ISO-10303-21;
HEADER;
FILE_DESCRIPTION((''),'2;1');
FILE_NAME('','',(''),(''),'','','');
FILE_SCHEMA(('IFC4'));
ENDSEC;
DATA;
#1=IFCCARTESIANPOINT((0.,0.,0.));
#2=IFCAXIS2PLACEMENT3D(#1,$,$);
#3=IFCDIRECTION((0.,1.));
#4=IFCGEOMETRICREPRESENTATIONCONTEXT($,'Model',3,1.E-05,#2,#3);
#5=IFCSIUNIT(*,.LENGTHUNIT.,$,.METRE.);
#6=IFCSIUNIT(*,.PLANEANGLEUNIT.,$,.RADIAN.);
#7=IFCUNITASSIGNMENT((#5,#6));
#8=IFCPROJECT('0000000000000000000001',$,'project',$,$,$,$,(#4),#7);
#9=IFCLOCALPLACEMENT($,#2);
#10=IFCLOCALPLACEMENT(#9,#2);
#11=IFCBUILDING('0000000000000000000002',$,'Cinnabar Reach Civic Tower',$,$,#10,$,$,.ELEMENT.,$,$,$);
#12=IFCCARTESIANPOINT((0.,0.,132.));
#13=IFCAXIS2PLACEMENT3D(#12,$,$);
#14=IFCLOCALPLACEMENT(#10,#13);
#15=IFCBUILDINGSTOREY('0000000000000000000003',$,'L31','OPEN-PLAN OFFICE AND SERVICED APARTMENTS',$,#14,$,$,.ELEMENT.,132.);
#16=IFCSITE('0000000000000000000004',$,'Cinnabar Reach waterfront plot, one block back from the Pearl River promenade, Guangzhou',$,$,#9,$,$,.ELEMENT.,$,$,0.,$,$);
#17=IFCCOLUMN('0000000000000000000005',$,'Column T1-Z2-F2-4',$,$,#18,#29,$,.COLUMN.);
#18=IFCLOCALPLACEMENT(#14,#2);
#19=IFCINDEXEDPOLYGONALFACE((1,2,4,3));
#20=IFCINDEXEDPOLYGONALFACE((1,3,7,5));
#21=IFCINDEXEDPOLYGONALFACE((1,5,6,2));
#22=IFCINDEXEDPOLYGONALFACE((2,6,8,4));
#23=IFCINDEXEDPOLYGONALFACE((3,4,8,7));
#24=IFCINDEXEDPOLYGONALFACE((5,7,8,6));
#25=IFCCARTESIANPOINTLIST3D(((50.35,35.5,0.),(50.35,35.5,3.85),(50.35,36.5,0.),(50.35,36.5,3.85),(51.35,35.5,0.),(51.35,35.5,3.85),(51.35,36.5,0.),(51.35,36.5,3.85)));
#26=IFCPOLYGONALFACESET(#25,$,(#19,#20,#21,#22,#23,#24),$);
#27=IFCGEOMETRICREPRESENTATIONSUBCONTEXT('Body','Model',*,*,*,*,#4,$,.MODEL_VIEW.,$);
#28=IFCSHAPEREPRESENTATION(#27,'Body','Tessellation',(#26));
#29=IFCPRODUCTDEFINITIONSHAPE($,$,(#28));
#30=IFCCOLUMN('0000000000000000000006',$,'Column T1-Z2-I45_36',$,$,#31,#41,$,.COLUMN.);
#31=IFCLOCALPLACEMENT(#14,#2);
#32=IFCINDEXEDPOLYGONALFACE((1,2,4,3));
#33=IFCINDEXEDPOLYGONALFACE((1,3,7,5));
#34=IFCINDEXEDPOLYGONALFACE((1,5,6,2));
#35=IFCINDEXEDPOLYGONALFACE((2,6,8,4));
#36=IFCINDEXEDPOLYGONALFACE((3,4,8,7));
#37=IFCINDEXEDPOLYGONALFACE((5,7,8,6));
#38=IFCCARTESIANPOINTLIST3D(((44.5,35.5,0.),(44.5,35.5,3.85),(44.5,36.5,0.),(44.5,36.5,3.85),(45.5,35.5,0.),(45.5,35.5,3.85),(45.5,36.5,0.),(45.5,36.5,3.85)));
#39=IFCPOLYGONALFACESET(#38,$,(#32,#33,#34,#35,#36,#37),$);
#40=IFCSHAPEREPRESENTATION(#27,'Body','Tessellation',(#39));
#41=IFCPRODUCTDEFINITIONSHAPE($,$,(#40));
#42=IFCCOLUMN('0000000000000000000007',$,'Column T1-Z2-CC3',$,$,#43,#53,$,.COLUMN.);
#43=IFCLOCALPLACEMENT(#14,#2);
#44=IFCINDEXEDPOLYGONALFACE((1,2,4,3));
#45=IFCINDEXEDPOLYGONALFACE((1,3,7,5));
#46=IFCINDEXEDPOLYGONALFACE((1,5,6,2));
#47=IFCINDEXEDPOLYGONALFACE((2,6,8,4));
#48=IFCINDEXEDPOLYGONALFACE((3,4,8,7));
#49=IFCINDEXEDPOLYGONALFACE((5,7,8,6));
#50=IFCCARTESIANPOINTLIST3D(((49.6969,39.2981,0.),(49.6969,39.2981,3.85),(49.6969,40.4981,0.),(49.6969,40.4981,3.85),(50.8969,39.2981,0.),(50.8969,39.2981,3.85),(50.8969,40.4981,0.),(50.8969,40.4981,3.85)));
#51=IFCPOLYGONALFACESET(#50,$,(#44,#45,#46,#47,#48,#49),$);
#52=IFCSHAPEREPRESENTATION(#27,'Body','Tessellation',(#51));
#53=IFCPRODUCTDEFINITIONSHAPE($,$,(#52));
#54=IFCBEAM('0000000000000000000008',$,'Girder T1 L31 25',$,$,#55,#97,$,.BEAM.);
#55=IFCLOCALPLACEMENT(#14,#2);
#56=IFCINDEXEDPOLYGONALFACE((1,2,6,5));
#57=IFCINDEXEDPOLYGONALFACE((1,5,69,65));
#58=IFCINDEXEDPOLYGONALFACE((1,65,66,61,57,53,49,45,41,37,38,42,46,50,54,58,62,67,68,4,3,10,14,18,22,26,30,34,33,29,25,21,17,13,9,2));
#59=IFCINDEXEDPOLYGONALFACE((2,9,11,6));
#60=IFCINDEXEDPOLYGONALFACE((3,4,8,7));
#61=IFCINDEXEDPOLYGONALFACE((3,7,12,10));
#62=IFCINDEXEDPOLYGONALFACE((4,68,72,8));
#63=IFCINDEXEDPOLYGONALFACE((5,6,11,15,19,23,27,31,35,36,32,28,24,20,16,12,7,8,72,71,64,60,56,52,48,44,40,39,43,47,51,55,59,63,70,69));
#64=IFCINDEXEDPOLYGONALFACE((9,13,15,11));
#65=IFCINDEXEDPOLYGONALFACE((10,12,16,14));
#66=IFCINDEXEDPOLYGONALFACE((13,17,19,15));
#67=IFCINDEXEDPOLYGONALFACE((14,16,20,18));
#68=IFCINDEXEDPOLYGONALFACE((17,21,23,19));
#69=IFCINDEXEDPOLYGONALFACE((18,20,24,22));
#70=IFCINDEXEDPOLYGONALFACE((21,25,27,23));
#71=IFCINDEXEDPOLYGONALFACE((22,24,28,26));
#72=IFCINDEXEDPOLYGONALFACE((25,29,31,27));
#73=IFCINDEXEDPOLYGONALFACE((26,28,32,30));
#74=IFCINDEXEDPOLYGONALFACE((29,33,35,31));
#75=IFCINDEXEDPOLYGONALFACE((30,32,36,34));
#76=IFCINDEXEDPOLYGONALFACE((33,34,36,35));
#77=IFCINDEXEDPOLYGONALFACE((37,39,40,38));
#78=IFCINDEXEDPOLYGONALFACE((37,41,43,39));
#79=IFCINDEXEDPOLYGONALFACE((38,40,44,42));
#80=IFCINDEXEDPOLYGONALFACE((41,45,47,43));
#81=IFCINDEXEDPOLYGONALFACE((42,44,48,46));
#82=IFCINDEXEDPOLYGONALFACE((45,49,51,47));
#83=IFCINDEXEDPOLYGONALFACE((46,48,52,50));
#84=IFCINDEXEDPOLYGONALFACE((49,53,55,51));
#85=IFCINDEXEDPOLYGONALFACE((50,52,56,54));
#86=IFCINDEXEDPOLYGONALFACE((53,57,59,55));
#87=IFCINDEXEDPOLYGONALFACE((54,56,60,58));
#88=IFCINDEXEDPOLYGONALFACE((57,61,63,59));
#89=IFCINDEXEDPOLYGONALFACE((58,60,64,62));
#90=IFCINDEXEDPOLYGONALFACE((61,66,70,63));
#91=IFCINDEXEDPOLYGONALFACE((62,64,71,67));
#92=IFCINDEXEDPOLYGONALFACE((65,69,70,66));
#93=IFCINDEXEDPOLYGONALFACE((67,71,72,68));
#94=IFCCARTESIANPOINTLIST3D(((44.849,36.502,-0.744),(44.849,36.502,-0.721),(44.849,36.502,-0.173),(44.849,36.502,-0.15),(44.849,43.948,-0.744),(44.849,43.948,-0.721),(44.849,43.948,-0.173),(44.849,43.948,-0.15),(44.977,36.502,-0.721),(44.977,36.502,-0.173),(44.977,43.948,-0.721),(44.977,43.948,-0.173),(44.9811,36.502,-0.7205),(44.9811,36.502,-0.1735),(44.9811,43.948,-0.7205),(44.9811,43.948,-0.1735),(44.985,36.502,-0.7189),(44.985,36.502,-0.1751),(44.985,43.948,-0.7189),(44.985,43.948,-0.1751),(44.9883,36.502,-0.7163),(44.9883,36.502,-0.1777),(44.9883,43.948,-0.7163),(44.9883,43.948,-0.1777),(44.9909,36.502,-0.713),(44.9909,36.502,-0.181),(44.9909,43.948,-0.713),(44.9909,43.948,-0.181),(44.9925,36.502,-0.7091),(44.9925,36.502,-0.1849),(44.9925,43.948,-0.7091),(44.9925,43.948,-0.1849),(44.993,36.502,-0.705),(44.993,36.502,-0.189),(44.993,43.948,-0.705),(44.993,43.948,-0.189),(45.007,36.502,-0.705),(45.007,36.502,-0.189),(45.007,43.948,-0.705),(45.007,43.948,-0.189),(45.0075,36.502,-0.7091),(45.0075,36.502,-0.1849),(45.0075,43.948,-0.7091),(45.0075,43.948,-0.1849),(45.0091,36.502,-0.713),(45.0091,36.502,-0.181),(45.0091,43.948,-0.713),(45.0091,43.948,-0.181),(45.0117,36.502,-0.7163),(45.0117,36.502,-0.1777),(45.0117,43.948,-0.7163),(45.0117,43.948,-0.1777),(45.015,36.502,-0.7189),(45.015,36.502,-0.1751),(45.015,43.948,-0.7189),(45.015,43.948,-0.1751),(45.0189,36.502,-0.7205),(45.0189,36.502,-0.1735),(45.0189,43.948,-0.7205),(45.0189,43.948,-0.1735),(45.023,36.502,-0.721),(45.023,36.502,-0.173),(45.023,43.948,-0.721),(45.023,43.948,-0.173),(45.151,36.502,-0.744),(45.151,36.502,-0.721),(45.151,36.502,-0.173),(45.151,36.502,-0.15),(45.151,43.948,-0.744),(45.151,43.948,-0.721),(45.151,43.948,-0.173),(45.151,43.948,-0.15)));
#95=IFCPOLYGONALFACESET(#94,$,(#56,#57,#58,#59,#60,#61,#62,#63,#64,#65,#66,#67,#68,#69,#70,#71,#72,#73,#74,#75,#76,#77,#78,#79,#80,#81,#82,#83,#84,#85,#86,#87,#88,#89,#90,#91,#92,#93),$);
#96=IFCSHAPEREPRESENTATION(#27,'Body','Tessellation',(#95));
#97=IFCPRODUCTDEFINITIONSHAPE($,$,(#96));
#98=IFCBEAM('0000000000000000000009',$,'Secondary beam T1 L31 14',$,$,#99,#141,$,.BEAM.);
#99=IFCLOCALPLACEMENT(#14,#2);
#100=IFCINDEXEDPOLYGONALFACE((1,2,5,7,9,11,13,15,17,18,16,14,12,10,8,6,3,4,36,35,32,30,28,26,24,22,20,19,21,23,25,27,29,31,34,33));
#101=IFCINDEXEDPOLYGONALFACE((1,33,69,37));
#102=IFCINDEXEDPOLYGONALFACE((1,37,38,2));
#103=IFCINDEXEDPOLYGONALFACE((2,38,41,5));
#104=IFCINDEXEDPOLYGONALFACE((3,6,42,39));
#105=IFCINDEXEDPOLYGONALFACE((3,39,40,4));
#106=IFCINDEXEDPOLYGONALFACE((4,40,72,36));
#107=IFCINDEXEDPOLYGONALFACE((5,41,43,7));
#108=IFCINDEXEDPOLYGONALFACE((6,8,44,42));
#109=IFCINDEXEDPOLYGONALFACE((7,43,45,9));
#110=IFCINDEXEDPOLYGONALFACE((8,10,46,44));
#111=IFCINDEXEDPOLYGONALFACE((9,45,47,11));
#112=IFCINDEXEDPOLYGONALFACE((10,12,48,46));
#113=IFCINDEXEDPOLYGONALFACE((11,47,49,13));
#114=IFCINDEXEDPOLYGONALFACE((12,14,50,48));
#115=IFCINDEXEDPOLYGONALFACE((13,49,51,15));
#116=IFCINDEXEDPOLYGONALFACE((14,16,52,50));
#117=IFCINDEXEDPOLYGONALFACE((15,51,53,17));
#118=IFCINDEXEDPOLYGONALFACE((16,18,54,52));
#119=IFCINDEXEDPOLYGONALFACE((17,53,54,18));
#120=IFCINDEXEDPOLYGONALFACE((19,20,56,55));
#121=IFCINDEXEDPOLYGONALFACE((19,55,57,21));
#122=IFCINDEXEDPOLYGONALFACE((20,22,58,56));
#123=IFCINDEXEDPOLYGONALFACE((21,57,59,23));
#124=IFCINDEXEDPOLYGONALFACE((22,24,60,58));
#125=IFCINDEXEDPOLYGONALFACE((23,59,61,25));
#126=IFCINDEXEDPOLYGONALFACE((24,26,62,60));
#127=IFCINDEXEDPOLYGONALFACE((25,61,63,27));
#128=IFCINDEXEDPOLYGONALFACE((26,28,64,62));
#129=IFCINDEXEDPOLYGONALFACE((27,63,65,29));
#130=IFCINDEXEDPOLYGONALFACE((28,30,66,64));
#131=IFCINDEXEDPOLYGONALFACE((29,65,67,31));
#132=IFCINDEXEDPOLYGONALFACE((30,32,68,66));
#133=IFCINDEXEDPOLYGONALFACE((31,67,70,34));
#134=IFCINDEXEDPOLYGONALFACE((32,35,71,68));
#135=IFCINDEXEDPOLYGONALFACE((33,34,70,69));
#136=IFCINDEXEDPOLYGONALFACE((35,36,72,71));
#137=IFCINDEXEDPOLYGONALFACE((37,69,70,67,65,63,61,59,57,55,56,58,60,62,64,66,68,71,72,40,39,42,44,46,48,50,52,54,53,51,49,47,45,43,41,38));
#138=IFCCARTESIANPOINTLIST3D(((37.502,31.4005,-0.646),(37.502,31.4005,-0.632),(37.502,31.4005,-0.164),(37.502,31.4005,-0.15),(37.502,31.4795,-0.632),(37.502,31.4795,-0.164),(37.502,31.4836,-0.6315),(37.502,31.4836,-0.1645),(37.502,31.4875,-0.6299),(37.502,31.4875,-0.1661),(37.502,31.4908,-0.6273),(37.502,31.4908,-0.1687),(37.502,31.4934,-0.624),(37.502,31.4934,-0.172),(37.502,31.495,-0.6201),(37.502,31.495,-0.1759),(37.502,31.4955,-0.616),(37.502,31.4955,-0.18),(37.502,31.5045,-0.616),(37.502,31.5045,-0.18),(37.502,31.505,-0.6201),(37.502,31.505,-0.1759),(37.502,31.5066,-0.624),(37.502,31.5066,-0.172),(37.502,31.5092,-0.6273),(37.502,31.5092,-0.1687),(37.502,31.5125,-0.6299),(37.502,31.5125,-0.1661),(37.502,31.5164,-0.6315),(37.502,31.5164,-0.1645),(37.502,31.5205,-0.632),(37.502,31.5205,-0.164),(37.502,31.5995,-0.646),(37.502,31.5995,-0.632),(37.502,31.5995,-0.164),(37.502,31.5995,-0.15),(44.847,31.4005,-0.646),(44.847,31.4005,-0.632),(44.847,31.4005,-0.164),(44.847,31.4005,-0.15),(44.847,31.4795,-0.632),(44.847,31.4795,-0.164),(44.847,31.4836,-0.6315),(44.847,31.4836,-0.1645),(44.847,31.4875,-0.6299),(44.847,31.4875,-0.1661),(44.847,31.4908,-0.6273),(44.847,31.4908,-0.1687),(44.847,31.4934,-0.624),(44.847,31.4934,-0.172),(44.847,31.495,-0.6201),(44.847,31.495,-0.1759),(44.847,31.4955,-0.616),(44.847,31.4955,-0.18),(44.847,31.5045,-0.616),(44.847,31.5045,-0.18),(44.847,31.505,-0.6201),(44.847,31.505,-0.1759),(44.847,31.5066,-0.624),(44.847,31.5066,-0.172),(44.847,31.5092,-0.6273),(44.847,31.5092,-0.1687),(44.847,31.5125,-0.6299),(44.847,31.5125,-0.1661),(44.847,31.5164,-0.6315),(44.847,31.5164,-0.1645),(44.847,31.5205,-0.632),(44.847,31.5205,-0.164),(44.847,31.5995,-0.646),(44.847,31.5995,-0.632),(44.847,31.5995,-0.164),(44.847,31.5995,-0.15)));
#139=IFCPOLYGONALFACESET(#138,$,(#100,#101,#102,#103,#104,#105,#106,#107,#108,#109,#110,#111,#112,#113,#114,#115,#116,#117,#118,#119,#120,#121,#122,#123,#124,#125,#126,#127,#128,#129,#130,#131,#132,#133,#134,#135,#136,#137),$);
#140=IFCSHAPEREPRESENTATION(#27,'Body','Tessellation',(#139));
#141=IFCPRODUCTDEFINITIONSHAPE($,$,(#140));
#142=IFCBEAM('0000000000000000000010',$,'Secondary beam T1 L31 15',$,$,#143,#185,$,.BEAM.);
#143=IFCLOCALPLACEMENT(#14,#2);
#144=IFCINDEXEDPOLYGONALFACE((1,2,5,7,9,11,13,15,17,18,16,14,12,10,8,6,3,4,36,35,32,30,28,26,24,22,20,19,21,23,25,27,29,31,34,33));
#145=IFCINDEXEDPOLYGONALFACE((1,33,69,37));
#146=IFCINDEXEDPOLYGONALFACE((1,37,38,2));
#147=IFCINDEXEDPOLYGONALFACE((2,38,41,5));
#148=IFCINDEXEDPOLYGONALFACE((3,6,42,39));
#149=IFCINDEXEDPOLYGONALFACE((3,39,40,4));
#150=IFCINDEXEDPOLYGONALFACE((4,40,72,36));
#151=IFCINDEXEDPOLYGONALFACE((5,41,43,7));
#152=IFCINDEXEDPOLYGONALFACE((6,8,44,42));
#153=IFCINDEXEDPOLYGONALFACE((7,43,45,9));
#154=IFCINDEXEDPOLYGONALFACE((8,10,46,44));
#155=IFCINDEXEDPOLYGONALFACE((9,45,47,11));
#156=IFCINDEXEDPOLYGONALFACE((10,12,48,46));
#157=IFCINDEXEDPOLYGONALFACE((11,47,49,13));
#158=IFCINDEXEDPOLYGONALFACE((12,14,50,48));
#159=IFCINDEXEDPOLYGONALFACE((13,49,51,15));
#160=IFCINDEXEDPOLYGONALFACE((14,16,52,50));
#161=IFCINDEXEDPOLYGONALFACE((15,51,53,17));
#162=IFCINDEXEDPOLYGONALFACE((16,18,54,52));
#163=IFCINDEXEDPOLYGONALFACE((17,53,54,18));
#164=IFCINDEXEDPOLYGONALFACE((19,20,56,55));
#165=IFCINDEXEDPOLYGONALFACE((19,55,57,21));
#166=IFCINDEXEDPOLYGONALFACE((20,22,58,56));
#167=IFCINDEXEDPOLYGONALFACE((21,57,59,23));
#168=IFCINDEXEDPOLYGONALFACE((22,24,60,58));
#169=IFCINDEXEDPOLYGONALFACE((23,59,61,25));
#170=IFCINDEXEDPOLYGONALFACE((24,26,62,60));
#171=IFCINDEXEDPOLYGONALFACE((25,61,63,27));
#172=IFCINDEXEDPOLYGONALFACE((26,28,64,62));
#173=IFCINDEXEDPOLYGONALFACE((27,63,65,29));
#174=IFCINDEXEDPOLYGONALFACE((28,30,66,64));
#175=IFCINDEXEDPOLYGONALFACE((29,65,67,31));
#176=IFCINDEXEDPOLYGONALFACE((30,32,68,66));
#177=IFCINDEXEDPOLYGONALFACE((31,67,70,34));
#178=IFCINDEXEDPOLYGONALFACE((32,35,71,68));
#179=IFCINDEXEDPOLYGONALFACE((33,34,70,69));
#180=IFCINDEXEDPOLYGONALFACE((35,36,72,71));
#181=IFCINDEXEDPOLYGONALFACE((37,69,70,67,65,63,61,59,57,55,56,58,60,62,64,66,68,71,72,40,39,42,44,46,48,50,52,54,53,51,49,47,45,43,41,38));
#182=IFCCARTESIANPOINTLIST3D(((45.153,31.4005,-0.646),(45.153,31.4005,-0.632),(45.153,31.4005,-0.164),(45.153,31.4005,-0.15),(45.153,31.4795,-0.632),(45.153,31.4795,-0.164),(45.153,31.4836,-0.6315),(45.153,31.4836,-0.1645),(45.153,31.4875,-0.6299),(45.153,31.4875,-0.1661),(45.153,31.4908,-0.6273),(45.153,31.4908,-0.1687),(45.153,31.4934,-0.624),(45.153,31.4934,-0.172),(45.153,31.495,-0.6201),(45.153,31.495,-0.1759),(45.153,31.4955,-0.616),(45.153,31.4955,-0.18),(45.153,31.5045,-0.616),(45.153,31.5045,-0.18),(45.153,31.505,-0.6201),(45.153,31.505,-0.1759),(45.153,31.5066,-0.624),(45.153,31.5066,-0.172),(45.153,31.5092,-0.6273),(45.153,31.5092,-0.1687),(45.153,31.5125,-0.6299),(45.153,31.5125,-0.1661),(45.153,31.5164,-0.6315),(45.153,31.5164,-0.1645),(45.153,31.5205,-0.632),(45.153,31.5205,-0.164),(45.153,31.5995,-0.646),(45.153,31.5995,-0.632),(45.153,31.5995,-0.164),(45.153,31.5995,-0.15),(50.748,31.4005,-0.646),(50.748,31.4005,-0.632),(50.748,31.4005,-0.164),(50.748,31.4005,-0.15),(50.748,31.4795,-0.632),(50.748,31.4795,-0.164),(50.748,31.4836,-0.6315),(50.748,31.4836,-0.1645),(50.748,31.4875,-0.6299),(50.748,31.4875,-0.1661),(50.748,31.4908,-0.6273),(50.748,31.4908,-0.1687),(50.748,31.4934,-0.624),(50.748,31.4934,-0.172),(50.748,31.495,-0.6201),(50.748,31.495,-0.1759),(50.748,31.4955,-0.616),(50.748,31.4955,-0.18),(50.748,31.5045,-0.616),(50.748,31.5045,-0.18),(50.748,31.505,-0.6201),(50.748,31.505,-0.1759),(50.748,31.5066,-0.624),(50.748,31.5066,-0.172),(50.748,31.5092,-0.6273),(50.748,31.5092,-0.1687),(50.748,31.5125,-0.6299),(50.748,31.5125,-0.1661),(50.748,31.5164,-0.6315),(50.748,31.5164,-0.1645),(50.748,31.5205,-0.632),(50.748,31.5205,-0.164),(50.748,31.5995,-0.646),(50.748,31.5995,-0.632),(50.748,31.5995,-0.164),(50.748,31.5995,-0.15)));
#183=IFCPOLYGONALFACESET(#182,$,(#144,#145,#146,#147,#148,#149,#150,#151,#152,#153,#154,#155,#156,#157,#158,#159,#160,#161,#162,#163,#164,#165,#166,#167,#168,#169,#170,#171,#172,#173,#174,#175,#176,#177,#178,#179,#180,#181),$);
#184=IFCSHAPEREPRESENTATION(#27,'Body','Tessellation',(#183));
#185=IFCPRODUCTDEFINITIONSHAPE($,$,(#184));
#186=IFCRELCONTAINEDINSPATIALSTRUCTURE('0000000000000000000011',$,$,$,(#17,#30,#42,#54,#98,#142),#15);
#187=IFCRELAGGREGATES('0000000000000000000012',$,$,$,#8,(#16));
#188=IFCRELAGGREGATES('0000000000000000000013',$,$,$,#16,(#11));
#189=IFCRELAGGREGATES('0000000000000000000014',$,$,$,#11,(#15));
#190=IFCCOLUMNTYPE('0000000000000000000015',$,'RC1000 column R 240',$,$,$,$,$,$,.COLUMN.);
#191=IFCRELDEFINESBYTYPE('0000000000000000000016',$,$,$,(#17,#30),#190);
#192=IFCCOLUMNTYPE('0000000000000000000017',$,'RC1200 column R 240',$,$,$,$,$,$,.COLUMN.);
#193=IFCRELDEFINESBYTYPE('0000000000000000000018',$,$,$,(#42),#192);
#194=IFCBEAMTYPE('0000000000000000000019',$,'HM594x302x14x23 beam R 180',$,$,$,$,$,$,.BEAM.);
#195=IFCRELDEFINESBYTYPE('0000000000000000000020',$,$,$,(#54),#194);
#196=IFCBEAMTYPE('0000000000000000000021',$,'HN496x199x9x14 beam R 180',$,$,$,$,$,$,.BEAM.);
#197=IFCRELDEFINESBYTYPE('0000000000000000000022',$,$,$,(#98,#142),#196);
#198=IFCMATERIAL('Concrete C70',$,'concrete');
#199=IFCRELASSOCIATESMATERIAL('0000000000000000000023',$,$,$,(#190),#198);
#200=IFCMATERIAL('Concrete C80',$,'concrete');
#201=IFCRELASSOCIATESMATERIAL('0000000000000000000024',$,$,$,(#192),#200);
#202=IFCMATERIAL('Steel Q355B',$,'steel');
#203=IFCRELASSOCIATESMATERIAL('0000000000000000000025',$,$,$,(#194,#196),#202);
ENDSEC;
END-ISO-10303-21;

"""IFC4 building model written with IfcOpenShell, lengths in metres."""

from ifc_helpers import new_model, si_unit, direction, frame, origin, origin_2d, place, context, subcontext, project, spatial, rectangle, i_section, extrude, material, material_profile, profile_set, type_object, element, save


model = new_model("IFC4")

# Units and contexts
model_context = context("Model", 3, precision=1e-05, world=origin(), true_north=direction((0.0, 1.0)))
body_context = subcontext(model_context, "Body", "Model", "MODEL_VIEW")
ifc_project = project(units=[si_unit("LENGTHUNIT", "METRE"), si_unit("PLANEANGLEUNIT", "RADIAN")], contexts=[model_context])

# Site, building, storey
site_placement = place(None, origin())
site = spatial("IfcSite", under=ifc_project, at=site_placement, Name="Cinnabar Reach waterfront plot, one block back from the Pearl River promenade, Guangzhou", CompositionType="ELEMENT", RefElevation=0.0)
building_placement = place(site_placement, origin())
building = spatial("IfcBuilding", under=site, at=building_placement, Name="Cinnabar Reach Civic Tower", CompositionType="ELEMENT")
storey_placement = place(building_placement, frame((0.0, 0.0, 132.0)))
storey = spatial("IfcBuildingStorey", under=building, at=storey_placement, Name="L31", Description="OPEN-PLAN OFFICE AND SERVICED APARTMENTS", CompositionType="ELEMENT", Elevation=132.0)

# Columns
ifc_material_1 = material(Name="Concrete C70", Category="concrete")
ifc_material_profile_1 = material_profile(ifc_material_1, rectangle(XDim=1.0, YDim=1.0, at=origin_2d()), Name="RC1000")
ifc_profile_set_1 = profile_set([ifc_material_profile_1], Name="Concrete C70")
column_type_1 = type_object("IfcColumnType", Name="RC1000 column R 240", PredefinedType="COLUMN", material=ifc_profile_set_1)
for number, where, z_axis, x_axis, name in (
    (1, (50.85, 36.0, 0.0), (0.0, 0.0, 1.0), (1.0, 0.0, 0.0), "Column T1-Z2-F2-4"),
    (2, (45.0, 36.0, 0.0), (0.0, 0.0, 1.0), (1.0, 0.0, 0.0), "Column T1-Z2-I45_36"),
):
    element("IfcColumn", number, at=place(storey_placement, frame(where, z_axis=z_axis, x_axis=x_axis)), inside=storey, type_object=column_type_1, Name=name, PredefinedType="COLUMN", context=body_context, shape_type="SweptSolid", body=[
        extrude(rectangle(XDim=1.0, YDim=1.0, at=origin_2d()), origin(), (0.0, 0.0, 1.0), 3.85),
    ])
ifc_material_2 = material(Name="Concrete C80", Category="concrete")
ifc_material_profile_2 = material_profile(ifc_material_2, rectangle(XDim=1.2, YDim=1.2, at=origin_2d()), Name="RC1200")
ifc_profile_set_2 = profile_set([ifc_material_profile_2], Name="Concrete C80")
column_type_2 = type_object("IfcColumnType", Name="RC1200 column R 240", PredefinedType="COLUMN", material=ifc_profile_set_2)
column_placement = place(storey_placement, frame((50.2969, 39.8981, 0.0), z_axis=(0.0, 0.0, 1.0), x_axis=(1.0, 0.0, 0.0)))
element("IfcColumn", 3, at=column_placement, inside=storey, type_object=column_type_2, Name="Column T1-Z2-CC3", PredefinedType="COLUMN", context=body_context, shape_type="SweptSolid", body=[
    extrude(rectangle(XDim=1.2, YDim=1.2, at=origin_2d()), origin(), (0.0, 0.0, 1.0), 3.85),
])

# Beams
ifc_material_3 = material(Name="Steel Q355B", Category="steel")
ifc_material_profile_3 = material_profile(ifc_material_3, i_section(OverallWidth=0.302, OverallDepth=0.594, WebThickness=0.014, FlangeThickness=0.023, FilletRadius=0.016, at=origin_2d()), Name="HM594x302x14x23")
ifc_profile_set_3 = profile_set([ifc_material_profile_3], Name="Steel Q355B")
beam_type_1 = type_object("IfcBeamType", Name="HM594x302x14x23 beam R 180", PredefinedType="BEAM", material=ifc_profile_set_3)
beam_1_placement = place(storey_placement, frame((45.0, 36.502, -0.447), z_axis=(0.0, 1.0, 0.0), x_axis=(-1.0, 0.0, 0.0)))
element("IfcBeam", 4, at=beam_1_placement, inside=storey, type_object=beam_type_1, Name="Girder T1 L31 25", PredefinedType="BEAM", context=body_context, shape_type="SweptSolid", body=[
    extrude(i_section(OverallWidth=0.302, OverallDepth=0.594, WebThickness=0.014, FlangeThickness=0.023, FilletRadius=0.016, at=origin_2d()), origin(), (0.0, 0.0, 1.0), 7.446),
])
ifc_material_profile_4 = material_profile(ifc_material_3, i_section(OverallWidth=0.199, OverallDepth=0.496, WebThickness=0.009, FlangeThickness=0.014, FilletRadius=0.016, at=origin_2d()), Name="HN496x199x9x14")
ifc_profile_set_4 = profile_set([ifc_material_profile_4], Name="Steel Q355B")
beam_type_2 = type_object("IfcBeamType", Name="HN496x199x9x14 beam R 180", PredefinedType="BEAM", material=ifc_profile_set_4)
beam_2_placement = place(storey_placement, frame((37.502, 31.5, -0.398), z_axis=(1.0, 0.0, 0.0), x_axis=(0.0, 1.0, 0.0)))
element("IfcBeam", 5, at=beam_2_placement, inside=storey, type_object=beam_type_2, Name="Secondary beam T1 L31 14", PredefinedType="BEAM", context=body_context, shape_type="SweptSolid", body=[
    extrude(i_section(OverallWidth=0.199, OverallDepth=0.496, WebThickness=0.009, FlangeThickness=0.014, FilletRadius=0.016, at=origin_2d()), origin(), (0.0, 0.0, 1.0), 7.345),
])
beam_3_placement = place(storey_placement, frame((45.153, 31.5, -0.398), z_axis=(1.0, 0.0, 0.0), x_axis=(0.0, 1.0, 0.0)))
element("IfcBeam", 6, at=beam_3_placement, inside=storey, type_object=beam_type_2, Name="Secondary beam T1 L31 15", PredefinedType="BEAM", context=body_context, shape_type="SweptSolid", body=[
    extrude(i_section(OverallWidth=0.199, OverallDepth=0.496, WebThickness=0.009, FlangeThickness=0.014, FilletRadius=0.016, at=origin_2d()), origin(), (0.0, 0.0, 1.0), 5.595),
])

save(model, "model.ifc")
